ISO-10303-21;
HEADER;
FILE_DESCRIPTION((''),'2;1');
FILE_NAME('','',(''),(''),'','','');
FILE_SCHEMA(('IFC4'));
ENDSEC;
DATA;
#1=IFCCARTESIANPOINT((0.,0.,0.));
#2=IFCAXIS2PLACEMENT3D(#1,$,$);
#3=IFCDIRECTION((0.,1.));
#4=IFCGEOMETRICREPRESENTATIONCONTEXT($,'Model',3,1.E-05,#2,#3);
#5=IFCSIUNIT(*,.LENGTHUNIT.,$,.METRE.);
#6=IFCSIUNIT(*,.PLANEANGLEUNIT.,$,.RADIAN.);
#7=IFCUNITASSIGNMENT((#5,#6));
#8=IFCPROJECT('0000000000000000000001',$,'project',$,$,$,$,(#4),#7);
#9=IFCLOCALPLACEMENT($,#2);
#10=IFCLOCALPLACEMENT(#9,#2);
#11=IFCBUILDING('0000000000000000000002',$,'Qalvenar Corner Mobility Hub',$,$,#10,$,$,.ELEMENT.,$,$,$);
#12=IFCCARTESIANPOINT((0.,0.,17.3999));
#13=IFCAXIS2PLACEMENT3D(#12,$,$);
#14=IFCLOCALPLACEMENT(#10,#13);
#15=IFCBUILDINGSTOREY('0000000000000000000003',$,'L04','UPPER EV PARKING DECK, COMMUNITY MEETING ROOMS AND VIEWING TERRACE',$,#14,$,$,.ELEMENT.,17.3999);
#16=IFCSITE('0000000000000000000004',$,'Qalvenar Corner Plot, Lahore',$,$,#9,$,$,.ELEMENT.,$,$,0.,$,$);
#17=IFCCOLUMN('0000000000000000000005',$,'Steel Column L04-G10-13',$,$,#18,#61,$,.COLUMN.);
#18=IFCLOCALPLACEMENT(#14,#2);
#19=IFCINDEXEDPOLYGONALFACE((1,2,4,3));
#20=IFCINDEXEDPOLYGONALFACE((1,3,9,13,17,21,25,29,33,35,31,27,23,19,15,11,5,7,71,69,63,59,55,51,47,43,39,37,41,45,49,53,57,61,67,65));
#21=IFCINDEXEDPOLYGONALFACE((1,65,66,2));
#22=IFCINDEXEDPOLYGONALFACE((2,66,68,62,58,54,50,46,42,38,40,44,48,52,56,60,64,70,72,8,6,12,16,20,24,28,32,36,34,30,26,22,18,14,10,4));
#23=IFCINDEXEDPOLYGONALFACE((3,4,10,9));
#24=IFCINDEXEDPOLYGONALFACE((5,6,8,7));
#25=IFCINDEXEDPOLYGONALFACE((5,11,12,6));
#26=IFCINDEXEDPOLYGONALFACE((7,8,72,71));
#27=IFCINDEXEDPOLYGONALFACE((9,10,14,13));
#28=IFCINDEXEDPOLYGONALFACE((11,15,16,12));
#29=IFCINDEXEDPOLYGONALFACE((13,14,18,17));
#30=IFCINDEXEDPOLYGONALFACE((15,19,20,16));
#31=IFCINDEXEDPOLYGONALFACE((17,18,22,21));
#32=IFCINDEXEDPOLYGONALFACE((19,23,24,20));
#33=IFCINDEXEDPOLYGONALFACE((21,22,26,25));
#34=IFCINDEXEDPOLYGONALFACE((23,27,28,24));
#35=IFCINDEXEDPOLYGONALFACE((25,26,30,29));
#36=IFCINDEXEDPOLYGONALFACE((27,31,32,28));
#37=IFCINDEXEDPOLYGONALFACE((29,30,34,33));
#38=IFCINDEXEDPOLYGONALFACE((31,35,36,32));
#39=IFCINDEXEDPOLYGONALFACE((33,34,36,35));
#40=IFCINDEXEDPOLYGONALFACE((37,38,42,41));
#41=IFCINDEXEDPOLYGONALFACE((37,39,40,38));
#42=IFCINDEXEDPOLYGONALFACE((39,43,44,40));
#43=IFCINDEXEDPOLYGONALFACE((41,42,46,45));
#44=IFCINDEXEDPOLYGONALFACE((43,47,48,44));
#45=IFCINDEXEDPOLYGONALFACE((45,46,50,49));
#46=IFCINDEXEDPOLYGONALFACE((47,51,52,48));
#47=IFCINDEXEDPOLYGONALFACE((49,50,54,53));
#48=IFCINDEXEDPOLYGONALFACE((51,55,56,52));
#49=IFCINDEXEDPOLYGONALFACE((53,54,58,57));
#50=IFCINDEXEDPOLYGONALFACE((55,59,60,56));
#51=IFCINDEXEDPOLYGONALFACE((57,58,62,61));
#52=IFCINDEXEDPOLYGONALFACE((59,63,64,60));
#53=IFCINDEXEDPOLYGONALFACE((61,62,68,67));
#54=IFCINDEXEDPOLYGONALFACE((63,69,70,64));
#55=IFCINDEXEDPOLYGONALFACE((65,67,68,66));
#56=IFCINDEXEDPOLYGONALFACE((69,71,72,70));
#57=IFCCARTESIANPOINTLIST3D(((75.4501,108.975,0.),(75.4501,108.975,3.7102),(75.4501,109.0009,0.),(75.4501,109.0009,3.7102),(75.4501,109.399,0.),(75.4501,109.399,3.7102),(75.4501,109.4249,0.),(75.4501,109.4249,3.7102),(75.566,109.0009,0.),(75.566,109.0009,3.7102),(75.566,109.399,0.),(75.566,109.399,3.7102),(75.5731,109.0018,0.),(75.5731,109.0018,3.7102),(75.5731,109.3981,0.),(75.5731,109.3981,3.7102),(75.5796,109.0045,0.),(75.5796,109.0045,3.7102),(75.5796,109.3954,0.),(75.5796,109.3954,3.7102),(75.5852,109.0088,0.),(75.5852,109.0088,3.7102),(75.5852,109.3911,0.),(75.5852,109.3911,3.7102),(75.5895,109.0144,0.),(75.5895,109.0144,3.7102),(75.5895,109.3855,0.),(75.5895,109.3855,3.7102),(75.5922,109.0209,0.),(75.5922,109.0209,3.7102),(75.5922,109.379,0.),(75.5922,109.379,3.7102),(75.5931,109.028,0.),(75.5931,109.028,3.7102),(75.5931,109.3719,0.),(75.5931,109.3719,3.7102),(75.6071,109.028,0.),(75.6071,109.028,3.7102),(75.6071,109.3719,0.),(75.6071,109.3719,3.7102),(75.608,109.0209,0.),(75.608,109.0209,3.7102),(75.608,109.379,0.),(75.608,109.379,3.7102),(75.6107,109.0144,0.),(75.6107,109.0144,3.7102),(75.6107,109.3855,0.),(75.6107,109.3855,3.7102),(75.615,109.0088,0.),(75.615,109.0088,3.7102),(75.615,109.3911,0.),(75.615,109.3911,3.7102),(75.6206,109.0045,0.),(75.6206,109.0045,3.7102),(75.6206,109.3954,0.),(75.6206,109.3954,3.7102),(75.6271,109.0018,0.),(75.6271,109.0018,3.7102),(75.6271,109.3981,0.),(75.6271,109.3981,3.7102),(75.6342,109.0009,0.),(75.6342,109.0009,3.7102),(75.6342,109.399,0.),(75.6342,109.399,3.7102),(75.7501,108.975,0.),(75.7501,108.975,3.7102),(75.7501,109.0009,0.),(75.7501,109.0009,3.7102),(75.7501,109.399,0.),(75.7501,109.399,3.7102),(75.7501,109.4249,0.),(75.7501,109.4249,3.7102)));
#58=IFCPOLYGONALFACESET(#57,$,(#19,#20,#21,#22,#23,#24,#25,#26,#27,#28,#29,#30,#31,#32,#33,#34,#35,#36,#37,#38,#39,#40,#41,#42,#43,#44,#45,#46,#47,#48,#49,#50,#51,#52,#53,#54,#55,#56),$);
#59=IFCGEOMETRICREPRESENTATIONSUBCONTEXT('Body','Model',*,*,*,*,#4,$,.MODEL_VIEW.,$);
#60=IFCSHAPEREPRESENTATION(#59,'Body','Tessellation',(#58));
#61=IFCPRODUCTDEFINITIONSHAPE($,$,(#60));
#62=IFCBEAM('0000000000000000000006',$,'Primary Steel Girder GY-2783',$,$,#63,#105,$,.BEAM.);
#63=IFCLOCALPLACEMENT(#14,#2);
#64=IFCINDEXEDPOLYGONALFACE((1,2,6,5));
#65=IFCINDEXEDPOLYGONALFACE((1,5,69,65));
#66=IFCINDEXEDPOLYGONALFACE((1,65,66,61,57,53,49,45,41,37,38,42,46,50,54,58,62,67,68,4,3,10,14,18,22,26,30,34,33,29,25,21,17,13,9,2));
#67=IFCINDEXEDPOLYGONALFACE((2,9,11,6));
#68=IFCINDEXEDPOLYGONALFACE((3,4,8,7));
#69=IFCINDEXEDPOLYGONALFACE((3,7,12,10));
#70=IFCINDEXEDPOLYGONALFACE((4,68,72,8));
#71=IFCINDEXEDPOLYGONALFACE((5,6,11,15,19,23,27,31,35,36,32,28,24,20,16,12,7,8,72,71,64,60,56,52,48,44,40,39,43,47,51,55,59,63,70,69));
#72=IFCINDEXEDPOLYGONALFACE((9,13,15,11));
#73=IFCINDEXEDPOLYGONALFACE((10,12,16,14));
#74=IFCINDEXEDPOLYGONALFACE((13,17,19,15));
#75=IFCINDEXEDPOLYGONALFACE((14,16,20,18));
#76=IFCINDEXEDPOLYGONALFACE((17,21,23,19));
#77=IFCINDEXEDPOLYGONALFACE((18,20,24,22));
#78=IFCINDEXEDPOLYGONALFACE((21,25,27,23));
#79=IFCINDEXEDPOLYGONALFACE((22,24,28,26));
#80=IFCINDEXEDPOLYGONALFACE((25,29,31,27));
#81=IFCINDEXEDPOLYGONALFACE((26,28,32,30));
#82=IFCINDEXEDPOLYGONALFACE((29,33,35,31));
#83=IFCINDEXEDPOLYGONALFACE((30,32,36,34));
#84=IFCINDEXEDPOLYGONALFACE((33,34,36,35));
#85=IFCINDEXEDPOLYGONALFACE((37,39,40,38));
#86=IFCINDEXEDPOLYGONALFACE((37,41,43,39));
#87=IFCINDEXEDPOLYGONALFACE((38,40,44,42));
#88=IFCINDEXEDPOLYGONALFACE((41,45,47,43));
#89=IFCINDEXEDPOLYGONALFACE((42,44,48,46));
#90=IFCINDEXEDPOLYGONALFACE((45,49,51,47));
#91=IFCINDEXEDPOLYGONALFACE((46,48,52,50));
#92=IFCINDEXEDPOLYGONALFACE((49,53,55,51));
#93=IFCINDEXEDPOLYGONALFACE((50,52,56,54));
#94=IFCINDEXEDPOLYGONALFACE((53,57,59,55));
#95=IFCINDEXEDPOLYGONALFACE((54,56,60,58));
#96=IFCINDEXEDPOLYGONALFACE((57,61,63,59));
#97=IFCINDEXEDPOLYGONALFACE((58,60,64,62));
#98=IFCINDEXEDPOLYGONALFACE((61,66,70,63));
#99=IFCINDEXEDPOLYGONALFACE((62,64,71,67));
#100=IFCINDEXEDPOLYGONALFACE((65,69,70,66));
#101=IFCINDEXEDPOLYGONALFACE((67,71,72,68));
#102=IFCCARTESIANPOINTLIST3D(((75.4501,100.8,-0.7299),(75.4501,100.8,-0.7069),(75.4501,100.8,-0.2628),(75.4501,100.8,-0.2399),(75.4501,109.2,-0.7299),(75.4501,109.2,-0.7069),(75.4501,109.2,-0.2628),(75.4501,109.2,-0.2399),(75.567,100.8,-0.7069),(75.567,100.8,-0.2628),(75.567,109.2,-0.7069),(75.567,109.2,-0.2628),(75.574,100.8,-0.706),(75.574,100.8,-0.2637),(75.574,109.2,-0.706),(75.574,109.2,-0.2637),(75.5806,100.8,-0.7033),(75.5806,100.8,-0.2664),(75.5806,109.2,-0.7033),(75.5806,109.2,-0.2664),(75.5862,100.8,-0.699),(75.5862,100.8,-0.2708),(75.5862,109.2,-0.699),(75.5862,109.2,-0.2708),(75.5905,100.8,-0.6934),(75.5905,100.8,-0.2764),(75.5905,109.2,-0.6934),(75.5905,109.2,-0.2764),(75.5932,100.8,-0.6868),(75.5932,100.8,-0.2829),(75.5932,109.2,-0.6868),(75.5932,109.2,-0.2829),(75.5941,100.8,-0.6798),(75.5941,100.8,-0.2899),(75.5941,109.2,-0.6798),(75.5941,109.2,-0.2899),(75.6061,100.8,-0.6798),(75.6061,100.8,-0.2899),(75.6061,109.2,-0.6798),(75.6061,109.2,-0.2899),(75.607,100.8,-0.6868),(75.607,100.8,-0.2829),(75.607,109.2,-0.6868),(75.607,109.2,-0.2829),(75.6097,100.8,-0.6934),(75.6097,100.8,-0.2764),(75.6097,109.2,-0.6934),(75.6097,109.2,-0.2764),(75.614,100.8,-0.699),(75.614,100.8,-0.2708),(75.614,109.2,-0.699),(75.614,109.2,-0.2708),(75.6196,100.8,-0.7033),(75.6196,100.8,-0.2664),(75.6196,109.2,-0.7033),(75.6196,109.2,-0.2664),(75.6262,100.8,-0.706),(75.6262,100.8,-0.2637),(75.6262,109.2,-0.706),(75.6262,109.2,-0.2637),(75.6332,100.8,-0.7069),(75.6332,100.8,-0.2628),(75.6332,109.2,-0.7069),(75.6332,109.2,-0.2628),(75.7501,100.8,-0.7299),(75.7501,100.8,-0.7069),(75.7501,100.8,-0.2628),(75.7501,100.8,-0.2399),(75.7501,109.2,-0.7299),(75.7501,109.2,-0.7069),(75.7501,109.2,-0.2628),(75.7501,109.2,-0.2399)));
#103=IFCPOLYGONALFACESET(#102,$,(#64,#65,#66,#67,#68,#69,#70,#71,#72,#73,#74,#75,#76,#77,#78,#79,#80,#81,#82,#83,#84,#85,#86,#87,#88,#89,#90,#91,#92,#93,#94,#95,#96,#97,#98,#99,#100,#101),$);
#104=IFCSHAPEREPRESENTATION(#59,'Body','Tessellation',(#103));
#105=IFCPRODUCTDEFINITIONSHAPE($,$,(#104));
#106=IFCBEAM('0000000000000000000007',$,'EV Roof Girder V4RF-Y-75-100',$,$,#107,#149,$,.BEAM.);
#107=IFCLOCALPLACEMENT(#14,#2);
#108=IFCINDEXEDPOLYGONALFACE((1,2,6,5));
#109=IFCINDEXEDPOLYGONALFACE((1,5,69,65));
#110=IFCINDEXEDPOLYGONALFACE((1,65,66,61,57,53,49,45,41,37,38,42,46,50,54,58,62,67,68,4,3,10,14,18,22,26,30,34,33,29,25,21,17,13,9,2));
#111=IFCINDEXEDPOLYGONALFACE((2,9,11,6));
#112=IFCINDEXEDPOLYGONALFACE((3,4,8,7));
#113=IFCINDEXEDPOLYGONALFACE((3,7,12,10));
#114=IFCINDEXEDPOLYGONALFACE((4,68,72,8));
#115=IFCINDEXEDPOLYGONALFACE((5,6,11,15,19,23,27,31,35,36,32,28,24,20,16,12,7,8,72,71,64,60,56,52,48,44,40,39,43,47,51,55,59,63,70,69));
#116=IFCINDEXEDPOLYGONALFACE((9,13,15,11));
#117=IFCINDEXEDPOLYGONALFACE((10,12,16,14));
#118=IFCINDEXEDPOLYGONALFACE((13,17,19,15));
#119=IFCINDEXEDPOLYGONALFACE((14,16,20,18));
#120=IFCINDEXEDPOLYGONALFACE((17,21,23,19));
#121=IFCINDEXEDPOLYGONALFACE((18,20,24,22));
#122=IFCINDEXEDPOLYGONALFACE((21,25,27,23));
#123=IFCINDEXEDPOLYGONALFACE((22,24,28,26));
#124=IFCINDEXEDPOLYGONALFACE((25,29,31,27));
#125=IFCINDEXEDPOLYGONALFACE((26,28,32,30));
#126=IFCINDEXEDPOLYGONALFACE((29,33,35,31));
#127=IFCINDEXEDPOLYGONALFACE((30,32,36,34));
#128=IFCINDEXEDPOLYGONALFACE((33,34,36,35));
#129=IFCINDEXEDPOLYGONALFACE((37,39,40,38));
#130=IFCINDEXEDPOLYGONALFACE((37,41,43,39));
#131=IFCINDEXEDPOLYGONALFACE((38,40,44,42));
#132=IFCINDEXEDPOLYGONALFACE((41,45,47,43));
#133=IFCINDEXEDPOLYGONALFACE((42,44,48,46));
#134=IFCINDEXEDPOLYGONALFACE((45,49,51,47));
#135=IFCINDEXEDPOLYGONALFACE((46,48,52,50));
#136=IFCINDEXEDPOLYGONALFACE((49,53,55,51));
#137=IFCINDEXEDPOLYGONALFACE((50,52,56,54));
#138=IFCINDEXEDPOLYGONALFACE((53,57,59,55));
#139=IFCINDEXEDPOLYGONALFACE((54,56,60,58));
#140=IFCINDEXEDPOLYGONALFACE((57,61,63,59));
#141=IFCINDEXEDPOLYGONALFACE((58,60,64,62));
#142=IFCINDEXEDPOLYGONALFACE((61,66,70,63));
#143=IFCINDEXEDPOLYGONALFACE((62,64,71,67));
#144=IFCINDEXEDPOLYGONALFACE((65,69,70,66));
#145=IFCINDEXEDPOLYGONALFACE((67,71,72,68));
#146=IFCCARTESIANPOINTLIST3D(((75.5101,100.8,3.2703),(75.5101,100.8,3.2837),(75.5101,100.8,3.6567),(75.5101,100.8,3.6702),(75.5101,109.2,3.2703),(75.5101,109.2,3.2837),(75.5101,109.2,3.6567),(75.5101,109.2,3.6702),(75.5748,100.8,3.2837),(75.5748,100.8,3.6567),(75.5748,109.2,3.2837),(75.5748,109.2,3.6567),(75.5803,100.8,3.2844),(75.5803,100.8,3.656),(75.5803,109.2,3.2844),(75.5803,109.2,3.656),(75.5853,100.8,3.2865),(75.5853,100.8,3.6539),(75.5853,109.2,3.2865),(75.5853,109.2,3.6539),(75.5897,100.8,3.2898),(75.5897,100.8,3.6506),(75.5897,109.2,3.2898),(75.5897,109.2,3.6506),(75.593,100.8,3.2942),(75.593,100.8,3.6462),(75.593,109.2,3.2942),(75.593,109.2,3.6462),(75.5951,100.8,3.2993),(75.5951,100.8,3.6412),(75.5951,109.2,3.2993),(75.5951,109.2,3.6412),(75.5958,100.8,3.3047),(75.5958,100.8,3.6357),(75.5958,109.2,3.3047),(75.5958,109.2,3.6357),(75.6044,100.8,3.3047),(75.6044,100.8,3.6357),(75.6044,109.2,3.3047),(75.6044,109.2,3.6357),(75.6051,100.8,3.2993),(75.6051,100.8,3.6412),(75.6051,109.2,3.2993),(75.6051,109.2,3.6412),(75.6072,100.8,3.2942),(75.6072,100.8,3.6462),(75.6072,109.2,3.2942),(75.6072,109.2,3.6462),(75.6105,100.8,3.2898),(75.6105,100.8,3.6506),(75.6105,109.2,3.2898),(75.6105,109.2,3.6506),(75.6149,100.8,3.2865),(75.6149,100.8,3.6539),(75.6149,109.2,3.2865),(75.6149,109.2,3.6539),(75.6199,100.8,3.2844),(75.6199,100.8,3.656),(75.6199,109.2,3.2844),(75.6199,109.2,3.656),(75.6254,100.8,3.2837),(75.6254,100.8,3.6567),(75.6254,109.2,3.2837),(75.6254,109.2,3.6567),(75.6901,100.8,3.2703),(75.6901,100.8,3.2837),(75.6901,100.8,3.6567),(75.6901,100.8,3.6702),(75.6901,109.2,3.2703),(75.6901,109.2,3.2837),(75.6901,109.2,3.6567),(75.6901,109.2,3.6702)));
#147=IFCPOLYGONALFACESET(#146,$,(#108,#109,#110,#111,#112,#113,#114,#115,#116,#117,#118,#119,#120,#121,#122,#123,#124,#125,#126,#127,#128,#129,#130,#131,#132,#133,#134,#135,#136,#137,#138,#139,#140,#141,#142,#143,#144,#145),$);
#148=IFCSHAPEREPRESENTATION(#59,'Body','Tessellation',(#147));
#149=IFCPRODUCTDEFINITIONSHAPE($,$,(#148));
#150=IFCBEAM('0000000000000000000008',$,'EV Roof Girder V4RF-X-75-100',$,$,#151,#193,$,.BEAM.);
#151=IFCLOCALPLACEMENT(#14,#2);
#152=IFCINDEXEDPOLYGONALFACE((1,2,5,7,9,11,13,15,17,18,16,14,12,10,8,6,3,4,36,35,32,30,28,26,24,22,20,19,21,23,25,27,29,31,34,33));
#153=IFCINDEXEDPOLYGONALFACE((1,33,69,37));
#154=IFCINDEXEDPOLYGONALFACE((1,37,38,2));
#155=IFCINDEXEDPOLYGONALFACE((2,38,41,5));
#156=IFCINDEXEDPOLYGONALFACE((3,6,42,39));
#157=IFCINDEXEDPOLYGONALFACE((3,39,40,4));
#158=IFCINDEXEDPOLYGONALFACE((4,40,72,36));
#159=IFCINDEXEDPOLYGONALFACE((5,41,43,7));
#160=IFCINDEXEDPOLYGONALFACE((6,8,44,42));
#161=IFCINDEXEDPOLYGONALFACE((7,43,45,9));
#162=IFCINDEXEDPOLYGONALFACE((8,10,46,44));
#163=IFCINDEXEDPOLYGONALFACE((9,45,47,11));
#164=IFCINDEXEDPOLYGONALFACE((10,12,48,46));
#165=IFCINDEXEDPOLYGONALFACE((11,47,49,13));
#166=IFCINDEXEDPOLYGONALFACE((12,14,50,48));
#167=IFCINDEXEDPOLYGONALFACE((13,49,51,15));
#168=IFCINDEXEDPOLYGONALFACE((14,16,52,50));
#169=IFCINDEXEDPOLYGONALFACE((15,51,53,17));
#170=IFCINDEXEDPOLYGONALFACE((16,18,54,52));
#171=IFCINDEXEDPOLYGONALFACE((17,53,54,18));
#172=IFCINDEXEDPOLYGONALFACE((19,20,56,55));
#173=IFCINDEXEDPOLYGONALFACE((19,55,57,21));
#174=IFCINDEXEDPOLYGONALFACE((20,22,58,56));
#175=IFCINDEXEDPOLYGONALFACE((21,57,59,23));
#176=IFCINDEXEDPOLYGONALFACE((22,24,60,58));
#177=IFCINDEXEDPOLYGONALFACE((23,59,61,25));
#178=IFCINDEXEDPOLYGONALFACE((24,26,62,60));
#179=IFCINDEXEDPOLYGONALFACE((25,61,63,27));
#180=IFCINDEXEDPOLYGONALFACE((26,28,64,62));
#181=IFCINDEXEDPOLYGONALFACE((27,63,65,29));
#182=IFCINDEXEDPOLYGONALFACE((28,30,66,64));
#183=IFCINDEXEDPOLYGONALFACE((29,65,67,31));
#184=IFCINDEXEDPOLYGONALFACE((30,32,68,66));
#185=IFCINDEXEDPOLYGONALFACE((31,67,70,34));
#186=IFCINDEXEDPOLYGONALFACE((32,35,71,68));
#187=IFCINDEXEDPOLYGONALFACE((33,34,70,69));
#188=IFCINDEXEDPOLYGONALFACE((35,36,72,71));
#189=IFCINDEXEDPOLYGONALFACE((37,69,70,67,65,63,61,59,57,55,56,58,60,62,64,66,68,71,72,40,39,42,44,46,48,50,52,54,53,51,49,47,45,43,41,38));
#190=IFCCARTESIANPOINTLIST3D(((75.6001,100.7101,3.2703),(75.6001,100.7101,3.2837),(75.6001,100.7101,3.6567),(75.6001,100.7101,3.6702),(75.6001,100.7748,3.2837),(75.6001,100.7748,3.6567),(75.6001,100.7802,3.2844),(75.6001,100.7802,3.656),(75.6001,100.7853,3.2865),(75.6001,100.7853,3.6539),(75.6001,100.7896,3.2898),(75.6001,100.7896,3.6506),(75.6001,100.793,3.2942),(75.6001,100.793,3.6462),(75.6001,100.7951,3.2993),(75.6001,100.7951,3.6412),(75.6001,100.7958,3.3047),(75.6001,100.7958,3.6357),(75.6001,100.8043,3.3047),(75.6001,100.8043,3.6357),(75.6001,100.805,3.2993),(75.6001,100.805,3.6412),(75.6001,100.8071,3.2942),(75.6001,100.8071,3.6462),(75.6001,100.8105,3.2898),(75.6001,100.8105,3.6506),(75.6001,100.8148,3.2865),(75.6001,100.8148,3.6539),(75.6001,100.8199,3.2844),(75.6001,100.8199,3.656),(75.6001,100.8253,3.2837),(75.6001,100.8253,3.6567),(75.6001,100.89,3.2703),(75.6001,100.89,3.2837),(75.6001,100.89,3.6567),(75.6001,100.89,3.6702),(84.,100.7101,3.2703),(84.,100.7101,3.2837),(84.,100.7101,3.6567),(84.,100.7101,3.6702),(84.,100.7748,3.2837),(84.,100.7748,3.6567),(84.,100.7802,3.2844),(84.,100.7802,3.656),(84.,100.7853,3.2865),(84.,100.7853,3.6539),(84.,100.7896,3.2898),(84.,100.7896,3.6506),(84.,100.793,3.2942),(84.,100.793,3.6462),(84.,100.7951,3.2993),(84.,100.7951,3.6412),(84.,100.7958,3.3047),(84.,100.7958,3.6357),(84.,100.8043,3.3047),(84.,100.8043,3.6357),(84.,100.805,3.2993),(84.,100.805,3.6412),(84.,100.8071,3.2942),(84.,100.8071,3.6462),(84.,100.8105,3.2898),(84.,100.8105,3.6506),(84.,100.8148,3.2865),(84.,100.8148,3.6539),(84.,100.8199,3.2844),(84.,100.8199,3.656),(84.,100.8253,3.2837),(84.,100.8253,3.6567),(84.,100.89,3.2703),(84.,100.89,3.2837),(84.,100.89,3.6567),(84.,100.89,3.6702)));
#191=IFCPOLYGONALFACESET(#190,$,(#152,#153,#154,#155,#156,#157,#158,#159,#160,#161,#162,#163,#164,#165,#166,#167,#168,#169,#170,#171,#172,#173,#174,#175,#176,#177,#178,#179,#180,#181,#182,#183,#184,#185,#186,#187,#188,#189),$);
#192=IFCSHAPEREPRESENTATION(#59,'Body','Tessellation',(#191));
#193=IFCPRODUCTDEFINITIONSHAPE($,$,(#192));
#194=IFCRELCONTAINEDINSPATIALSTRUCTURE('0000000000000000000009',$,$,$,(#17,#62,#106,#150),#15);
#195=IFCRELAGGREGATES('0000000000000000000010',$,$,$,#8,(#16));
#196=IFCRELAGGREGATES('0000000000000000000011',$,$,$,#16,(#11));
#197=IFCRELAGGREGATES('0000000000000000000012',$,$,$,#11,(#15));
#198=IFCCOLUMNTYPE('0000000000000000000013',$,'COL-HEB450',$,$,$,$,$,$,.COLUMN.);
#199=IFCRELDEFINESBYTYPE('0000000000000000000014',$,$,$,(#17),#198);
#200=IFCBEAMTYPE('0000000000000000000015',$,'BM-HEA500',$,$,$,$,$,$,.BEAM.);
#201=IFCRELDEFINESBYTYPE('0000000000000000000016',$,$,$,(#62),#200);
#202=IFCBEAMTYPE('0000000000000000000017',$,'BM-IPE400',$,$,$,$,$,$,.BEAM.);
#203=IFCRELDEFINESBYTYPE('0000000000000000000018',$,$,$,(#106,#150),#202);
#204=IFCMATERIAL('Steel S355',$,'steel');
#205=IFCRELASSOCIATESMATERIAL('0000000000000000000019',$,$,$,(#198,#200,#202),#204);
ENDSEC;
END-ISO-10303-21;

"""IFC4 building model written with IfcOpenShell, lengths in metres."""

from ifc_helpers import new_model, si_unit, direction, frame, origin, origin_2d, place, context, subcontext, project, spatial, i_section, extrude, material, material_profile, profile_set, type_object, element, save


model = new_model("IFC4")

# Units and contexts
model_context = context("Model", 3, precision=1e-05, world=origin(), true_north=direction((0.0, 1.0)))
body_context = subcontext(model_context, "Body", "Model", "MODEL_VIEW")
ifc_project = project(units=[si_unit("LENGTHUNIT", "METRE"), si_unit("PLANEANGLEUNIT", "RADIAN")], contexts=[model_context])

# Site, building, storey
site_placement = place(None, origin())
site = spatial("IfcSite", under=ifc_project, at=site_placement, Name="Qalvenar Corner Plot, Lahore", CompositionType="ELEMENT", RefElevation=0.0)
building_placement = place(site_placement, origin())
building = spatial("IfcBuilding", under=site, at=building_placement, Name="Qalvenar Corner Mobility Hub", CompositionType="ELEMENT")
storey_placement = place(building_placement, frame((0.0, 0.0, 17.3999)))
storey = spatial("IfcBuildingStorey", under=building, at=storey_placement, Name="L04", Description="UPPER EV PARKING DECK, COMMUNITY MEETING ROOMS AND VIEWING TERRACE", CompositionType="ELEMENT", Elevation=17.3999)

# Column
ifc_material_1 = material(Name="Steel S355", Category="steel")
ifc_material_profile_1 = material_profile(ifc_material_1, i_section(OverallWidth=0.3, OverallDepth=0.45, WebThickness=0.0139, FlangeThickness=0.0259, FilletRadius=0.0271, at=origin_2d()), Name="HEB450")
ifc_profile_set_1 = profile_set([ifc_material_profile_1], Name="Steel S355")
column_type = type_object("IfcColumnType", Name="COL-HEB450", PredefinedType="COLUMN", material=ifc_profile_set_1)
column_placement = place(storey_placement, frame((75.6001, 109.2, 0.0), z_axis=(0.0, 0.0, 1.0), x_axis=(1.0, 0.0, 0.0)))
element("IfcColumn", 1, at=column_placement, inside=storey, type_object=column_type, Name="Steel Column L04-G10-13", PredefinedType="COLUMN", context=body_context, shape_type="SweptSolid", body=[
    extrude(i_section(OverallWidth=0.3, OverallDepth=0.45, WebThickness=0.0139, FlangeThickness=0.0259, FilletRadius=0.0271, at=origin_2d()), origin(), (0.0, 0.0, 1.0), 3.7102),
])

# Beams
ifc_material_profile_2 = material_profile(ifc_material_1, i_section(OverallWidth=0.3, OverallDepth=0.49, WebThickness=0.012, FlangeThickness=0.0229, FilletRadius=0.0271, at=origin_2d()), Name="HEA500")
ifc_profile_set_2 = profile_set([ifc_material_profile_2], Name="Steel S355")
beam_type_1 = type_object("IfcBeamType", Name="BM-HEA500", PredefinedType="BEAM", material=ifc_profile_set_2)
beam_1_placement = place(storey_placement, frame((75.6001, 100.8, -0.4849), z_axis=(0.0, 1.0, 0.0), x_axis=(-1.0, 0.0, 0.0)))
element("IfcBeam", 2, at=beam_1_placement, inside=storey, type_object=beam_type_1, Name="Primary Steel Girder GY-2783", PredefinedType="BEAM", context=body_context, shape_type="SweptSolid", body=[
    extrude(i_section(OverallWidth=0.3, OverallDepth=0.49, WebThickness=0.012, FlangeThickness=0.0229, FilletRadius=0.0271, at=origin_2d()), origin(), (0.0, 0.0, 1.0), 8.3999),
])
ifc_material_profile_3 = material_profile(ifc_material_1, i_section(OverallWidth=0.1799, OverallDepth=0.3999, WebThickness=0.0085, FlangeThickness=0.0134, FilletRadius=0.021, at=origin_2d()), Name="IPE400")
ifc_profile_set_3 = profile_set([ifc_material_profile_3], Name="Steel S355")
beam_type_2 = type_object("IfcBeamType", Name="BM-IPE400", PredefinedType="BEAM", material=ifc_profile_set_3)
for number, where, z_axis, x_axis, name in (
    (3, (75.6001, 100.8, 3.4702), (0.0, 1.0, 0.0), (-1.0, 0.0, 0.0), "EV Roof Girder V4RF-Y-75-100"),
    (4, (75.6001, 100.8, 3.4702), (1.0, 0.0, 0.0), (0.0, 1.0, 0.0), "EV Roof Girder V4RF-X-75-100"),
):
    element("IfcBeam", number, at=place(storey_placement, frame(where, z_axis=z_axis, x_axis=x_axis)), inside=storey, type_object=beam_type_2, Name=name, PredefinedType="BEAM", context=body_context, shape_type="SweptSolid", body=[
        extrude(i_section(OverallWidth=0.1799, OverallDepth=0.3999, WebThickness=0.0085, FlangeThickness=0.0134, FilletRadius=0.021, at=origin_2d()), origin(), (0.0, 0.0, 1.0), 8.3999),
    ])

save(model, "model.ifc")
